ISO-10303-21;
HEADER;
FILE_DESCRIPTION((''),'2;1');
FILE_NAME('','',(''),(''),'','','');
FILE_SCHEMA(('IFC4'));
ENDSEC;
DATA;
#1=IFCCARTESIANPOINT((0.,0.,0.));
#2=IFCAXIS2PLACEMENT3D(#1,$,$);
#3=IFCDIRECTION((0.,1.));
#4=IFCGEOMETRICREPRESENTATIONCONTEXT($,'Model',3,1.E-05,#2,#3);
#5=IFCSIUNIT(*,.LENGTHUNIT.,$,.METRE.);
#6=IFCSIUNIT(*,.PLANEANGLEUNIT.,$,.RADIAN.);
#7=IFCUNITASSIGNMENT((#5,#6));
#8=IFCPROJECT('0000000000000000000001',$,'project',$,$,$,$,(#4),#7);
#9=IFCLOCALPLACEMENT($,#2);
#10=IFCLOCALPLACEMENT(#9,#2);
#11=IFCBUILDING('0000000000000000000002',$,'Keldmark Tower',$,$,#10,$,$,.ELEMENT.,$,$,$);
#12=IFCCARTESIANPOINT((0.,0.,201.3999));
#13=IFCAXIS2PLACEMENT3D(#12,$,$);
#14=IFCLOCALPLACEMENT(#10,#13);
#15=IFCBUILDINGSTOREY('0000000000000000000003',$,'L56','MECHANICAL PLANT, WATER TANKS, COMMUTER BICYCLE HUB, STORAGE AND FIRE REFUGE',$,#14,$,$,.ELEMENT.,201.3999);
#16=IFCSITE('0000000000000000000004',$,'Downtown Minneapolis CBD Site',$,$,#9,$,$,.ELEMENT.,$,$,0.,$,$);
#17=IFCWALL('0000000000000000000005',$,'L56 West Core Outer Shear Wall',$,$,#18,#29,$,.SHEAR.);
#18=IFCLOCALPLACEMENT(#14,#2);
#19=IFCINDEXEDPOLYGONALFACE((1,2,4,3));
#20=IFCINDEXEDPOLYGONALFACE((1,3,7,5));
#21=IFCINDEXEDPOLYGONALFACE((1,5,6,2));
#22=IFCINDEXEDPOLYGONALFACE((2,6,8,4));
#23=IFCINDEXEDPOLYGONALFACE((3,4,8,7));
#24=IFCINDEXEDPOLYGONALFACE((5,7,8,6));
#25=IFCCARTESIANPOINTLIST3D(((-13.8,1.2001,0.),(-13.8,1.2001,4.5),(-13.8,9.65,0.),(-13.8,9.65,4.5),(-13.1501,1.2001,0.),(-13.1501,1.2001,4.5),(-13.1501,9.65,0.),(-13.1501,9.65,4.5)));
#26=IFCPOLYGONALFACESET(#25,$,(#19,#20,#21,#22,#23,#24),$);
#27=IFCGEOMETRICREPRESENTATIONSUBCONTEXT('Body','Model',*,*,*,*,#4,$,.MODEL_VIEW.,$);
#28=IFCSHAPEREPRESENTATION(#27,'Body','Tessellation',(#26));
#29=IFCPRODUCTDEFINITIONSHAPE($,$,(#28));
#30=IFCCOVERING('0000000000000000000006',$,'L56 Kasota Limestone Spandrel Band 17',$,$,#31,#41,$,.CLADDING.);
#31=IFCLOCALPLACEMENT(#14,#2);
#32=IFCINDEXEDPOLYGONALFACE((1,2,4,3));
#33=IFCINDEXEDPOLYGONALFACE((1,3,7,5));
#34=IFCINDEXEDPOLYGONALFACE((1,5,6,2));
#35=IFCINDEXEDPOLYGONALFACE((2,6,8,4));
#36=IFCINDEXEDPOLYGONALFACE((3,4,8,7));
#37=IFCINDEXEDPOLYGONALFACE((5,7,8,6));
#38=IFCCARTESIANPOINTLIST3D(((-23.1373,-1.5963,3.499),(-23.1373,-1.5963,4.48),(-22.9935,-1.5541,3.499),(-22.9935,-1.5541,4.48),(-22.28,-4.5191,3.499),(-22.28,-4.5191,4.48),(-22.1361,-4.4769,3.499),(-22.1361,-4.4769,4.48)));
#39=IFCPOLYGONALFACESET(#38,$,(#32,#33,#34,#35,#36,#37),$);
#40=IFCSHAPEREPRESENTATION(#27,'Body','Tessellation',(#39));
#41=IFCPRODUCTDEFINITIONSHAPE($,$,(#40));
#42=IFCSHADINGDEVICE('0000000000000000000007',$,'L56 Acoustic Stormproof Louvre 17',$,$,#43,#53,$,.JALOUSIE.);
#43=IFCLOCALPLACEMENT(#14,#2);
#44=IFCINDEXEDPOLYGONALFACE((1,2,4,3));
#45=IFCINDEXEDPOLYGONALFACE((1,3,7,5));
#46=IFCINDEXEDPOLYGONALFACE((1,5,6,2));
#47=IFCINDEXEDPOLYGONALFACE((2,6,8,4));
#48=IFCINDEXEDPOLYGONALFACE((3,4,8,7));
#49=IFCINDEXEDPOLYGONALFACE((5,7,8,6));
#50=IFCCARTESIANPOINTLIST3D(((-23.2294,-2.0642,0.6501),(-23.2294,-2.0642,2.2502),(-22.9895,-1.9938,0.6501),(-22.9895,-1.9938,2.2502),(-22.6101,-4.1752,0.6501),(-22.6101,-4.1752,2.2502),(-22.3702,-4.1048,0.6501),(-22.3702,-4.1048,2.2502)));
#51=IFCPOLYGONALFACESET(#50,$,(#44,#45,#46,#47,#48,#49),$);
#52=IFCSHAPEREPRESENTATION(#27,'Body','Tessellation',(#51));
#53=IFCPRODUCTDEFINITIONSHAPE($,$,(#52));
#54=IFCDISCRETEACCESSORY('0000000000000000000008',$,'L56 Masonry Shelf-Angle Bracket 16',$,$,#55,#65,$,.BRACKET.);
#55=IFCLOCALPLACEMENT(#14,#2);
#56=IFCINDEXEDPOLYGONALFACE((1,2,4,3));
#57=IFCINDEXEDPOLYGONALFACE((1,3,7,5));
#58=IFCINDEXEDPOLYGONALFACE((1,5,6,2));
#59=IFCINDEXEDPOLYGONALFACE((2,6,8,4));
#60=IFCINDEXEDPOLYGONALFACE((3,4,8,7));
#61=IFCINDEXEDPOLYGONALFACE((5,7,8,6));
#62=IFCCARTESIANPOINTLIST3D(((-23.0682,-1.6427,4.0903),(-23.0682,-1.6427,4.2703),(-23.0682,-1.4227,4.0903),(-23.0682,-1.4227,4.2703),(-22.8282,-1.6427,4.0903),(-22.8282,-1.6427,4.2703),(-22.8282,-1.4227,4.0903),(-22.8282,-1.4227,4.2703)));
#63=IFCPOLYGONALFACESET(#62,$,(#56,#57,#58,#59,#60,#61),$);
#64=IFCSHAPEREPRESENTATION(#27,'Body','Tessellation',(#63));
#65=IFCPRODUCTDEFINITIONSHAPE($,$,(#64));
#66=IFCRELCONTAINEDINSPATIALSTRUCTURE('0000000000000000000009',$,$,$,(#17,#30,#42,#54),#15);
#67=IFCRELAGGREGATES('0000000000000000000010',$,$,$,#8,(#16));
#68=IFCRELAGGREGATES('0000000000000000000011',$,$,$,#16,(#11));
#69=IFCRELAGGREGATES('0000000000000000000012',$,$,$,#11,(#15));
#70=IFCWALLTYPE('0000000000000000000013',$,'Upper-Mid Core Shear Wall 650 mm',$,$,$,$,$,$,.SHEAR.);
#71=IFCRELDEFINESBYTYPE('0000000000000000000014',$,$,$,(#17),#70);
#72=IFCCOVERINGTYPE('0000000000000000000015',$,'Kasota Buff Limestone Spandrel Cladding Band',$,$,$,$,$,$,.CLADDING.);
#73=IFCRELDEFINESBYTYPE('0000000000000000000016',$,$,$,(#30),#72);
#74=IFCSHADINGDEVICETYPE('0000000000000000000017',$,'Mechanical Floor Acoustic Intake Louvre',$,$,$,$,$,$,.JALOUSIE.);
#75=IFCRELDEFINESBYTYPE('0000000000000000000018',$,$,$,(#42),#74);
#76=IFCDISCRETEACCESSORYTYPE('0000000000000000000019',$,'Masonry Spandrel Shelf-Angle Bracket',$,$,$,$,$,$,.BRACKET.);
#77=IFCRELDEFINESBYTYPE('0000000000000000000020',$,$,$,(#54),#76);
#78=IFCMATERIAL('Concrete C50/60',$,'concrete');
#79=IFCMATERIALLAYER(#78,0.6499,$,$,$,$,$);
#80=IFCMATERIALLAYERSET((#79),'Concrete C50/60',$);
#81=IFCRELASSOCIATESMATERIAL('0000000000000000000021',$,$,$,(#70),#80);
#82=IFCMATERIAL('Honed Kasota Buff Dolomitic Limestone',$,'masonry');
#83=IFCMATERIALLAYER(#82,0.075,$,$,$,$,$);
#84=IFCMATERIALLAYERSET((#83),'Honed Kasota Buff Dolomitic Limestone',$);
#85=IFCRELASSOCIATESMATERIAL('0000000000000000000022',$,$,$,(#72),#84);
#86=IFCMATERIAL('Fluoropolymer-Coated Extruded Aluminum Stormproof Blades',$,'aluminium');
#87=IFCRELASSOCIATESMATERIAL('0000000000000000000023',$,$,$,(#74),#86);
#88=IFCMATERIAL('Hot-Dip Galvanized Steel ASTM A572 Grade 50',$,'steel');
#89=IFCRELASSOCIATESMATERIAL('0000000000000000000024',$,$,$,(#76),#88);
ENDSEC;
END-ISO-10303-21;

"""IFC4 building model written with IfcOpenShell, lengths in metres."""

from ifc_helpers import new_model, si_unit, direction, frame, frame_2d, origin, origin_2d, place, context, subcontext, project, spatial, rectangle, extrude, material, layer, layer_set, type_object, element, save


model = new_model("IFC4")

# Units and contexts
model_context = context("Model", 3, precision=1e-05, world=origin(), true_north=direction((0.0, 1.0)))
body_context = subcontext(model_context, "Body", "Model", "MODEL_VIEW")
ifc_project = project(units=[si_unit("LENGTHUNIT", "METRE"), si_unit("PLANEANGLEUNIT", "RADIAN")], contexts=[model_context])

# Site, building, storey
site_placement = place(None, origin())
site = spatial("IfcSite", under=ifc_project, at=site_placement, Name="Downtown Minneapolis CBD Site", CompositionType="ELEMENT", RefElevation=0.0)
building_placement = place(site_placement, origin())
building = spatial("IfcBuilding", under=site, at=building_placement, Name="Keldmark Tower", CompositionType="ELEMENT")
storey_placement = place(building_placement, frame((0.0, 0.0, 201.3999)))
storey = spatial("IfcBuildingStorey", under=building, at=storey_placement, Name="L56", Description="MECHANICAL PLANT, WATER TANKS, COMMUTER BICYCLE HUB, STORAGE AND FIRE REFUGE", CompositionType="ELEMENT", Elevation=201.3999)

# Wall
ifc_material_1 = material(Name="Concrete C50/60", Category="concrete")
ifc_layer_1 = layer(ifc_material_1, 0.6499)
ifc_layer_set_1 = layer_set([ifc_layer_1], Name="Concrete C50/60")
wall_type_1 = type_object("IfcWallType", Name="Upper-Mid Core Shear Wall 650 mm", PredefinedType="SHEAR", material=ifc_layer_set_1)
wall_1_placement = place(storey_placement, frame((-13.4751, 1.2, 0.0), z_axis=(0.0, 0.0, 1.0), x_axis=(0.0, 1.0, 0.0)))
element("IfcWall", 1, at=wall_1_placement, inside=storey, type_object=wall_type_1, Name="L56 West Core Outer Shear Wall", PredefinedType="SHEAR", context=body_context, shape_type="SweptSolid", body=[
    extrude(rectangle(XDim=8.45, YDim=0.6499, at=frame_2d((4.2251, 0.0))), origin(), (0.0, 0.0, 1.0), 4.5),
])

# Covering
ifc_material_2 = material(Name="Honed Kasota Buff Dolomitic Limestone", Category="masonry")
ifc_layer_2 = layer(ifc_material_2, 0.075)
ifc_layer_set_2 = layer_set([ifc_layer_2], Name="Honed Kasota Buff Dolomitic Limestone")
covering_type = type_object("IfcCoveringType", Name="Kasota Buff Limestone Spandrel Cladding Band", PredefinedType="CLADDING", material=ifc_layer_set_2)
covering_placement = place(storey_placement, frame((-22.6367, -3.0366, 3.499), z_axis=(0.0, 0.0, 1.0), x_axis=(0.281471, -0.95957, 0.0)))
element("IfcCovering", 2, at=covering_placement, inside=storey, type_object=covering_type, Name="L56 Kasota Limestone Spandrel Band 17", PredefinedType="CLADDING", context=body_context, shape_type="SweptSolid", body=[
    extrude(rectangle(XDim=3.0459, YDim=0.1499, at=origin_2d()), origin(), (0.0, 0.0, 1.0), 0.981),
])

# Shading device
ifc_material_3 = material(Name="Fluoropolymer-Coated Extruded Aluminum Stormproof Blades", Category="aluminium")
shading_device_type = type_object("IfcShadingDeviceType", Name="Mechanical Floor Acoustic Intake Louvre", PredefinedType="JALOUSIE", material=ifc_material_3)
shading_device_placement = place(storey_placement, frame((-22.7998, -3.0845, 0.6501), z_axis=(0.0, 0.0, 1.0), x_axis=(0.281471, -0.95957, 0.0)))
element("IfcShadingDevice", 3, at=shading_device_placement, inside=storey, type_object=shading_device_type, Name="L56 Acoustic Stormproof Louvre 17", PredefinedType="JALOUSIE", context=body_context, shape_type="SweptSolid", body=[
    extrude(rectangle(XDim=2.2, YDim=0.25, at=origin_2d()), origin(), (0.0, 0.0, 1.0), 1.6001),
])

# Discrete accessory
ifc_material_4 = material(Name="Hot-Dip Galvanized Steel ASTM A572 Grade 50", Category="steel")
discrete_accessory_type = type_object("IfcDiscreteAccessoryType", Name="Masonry Spandrel Shelf-Angle Bracket", PredefinedType="BRACKET", material=ifc_material_4)
discrete_accessory_placement = place(storey_placement, frame((-22.9482, -1.5327, 4.0903), z_axis=(0.0, 0.0, 1.0), x_axis=(1.0, 0.0, 0.0)))
element("IfcDiscreteAccessory", 4, at=discrete_accessory_placement, inside=storey, type_object=discrete_accessory_type, Name="L56 Masonry Shelf-Angle Bracket 16", PredefinedType="BRACKET", context=body_context, shape_type="SweptSolid", body=[
    extrude(rectangle(XDim=0.24, YDim=0.22, at=origin_2d()), origin(), (0.0, 0.0, 1.0), 0.1799),
])

save(model, "model.ifc")
